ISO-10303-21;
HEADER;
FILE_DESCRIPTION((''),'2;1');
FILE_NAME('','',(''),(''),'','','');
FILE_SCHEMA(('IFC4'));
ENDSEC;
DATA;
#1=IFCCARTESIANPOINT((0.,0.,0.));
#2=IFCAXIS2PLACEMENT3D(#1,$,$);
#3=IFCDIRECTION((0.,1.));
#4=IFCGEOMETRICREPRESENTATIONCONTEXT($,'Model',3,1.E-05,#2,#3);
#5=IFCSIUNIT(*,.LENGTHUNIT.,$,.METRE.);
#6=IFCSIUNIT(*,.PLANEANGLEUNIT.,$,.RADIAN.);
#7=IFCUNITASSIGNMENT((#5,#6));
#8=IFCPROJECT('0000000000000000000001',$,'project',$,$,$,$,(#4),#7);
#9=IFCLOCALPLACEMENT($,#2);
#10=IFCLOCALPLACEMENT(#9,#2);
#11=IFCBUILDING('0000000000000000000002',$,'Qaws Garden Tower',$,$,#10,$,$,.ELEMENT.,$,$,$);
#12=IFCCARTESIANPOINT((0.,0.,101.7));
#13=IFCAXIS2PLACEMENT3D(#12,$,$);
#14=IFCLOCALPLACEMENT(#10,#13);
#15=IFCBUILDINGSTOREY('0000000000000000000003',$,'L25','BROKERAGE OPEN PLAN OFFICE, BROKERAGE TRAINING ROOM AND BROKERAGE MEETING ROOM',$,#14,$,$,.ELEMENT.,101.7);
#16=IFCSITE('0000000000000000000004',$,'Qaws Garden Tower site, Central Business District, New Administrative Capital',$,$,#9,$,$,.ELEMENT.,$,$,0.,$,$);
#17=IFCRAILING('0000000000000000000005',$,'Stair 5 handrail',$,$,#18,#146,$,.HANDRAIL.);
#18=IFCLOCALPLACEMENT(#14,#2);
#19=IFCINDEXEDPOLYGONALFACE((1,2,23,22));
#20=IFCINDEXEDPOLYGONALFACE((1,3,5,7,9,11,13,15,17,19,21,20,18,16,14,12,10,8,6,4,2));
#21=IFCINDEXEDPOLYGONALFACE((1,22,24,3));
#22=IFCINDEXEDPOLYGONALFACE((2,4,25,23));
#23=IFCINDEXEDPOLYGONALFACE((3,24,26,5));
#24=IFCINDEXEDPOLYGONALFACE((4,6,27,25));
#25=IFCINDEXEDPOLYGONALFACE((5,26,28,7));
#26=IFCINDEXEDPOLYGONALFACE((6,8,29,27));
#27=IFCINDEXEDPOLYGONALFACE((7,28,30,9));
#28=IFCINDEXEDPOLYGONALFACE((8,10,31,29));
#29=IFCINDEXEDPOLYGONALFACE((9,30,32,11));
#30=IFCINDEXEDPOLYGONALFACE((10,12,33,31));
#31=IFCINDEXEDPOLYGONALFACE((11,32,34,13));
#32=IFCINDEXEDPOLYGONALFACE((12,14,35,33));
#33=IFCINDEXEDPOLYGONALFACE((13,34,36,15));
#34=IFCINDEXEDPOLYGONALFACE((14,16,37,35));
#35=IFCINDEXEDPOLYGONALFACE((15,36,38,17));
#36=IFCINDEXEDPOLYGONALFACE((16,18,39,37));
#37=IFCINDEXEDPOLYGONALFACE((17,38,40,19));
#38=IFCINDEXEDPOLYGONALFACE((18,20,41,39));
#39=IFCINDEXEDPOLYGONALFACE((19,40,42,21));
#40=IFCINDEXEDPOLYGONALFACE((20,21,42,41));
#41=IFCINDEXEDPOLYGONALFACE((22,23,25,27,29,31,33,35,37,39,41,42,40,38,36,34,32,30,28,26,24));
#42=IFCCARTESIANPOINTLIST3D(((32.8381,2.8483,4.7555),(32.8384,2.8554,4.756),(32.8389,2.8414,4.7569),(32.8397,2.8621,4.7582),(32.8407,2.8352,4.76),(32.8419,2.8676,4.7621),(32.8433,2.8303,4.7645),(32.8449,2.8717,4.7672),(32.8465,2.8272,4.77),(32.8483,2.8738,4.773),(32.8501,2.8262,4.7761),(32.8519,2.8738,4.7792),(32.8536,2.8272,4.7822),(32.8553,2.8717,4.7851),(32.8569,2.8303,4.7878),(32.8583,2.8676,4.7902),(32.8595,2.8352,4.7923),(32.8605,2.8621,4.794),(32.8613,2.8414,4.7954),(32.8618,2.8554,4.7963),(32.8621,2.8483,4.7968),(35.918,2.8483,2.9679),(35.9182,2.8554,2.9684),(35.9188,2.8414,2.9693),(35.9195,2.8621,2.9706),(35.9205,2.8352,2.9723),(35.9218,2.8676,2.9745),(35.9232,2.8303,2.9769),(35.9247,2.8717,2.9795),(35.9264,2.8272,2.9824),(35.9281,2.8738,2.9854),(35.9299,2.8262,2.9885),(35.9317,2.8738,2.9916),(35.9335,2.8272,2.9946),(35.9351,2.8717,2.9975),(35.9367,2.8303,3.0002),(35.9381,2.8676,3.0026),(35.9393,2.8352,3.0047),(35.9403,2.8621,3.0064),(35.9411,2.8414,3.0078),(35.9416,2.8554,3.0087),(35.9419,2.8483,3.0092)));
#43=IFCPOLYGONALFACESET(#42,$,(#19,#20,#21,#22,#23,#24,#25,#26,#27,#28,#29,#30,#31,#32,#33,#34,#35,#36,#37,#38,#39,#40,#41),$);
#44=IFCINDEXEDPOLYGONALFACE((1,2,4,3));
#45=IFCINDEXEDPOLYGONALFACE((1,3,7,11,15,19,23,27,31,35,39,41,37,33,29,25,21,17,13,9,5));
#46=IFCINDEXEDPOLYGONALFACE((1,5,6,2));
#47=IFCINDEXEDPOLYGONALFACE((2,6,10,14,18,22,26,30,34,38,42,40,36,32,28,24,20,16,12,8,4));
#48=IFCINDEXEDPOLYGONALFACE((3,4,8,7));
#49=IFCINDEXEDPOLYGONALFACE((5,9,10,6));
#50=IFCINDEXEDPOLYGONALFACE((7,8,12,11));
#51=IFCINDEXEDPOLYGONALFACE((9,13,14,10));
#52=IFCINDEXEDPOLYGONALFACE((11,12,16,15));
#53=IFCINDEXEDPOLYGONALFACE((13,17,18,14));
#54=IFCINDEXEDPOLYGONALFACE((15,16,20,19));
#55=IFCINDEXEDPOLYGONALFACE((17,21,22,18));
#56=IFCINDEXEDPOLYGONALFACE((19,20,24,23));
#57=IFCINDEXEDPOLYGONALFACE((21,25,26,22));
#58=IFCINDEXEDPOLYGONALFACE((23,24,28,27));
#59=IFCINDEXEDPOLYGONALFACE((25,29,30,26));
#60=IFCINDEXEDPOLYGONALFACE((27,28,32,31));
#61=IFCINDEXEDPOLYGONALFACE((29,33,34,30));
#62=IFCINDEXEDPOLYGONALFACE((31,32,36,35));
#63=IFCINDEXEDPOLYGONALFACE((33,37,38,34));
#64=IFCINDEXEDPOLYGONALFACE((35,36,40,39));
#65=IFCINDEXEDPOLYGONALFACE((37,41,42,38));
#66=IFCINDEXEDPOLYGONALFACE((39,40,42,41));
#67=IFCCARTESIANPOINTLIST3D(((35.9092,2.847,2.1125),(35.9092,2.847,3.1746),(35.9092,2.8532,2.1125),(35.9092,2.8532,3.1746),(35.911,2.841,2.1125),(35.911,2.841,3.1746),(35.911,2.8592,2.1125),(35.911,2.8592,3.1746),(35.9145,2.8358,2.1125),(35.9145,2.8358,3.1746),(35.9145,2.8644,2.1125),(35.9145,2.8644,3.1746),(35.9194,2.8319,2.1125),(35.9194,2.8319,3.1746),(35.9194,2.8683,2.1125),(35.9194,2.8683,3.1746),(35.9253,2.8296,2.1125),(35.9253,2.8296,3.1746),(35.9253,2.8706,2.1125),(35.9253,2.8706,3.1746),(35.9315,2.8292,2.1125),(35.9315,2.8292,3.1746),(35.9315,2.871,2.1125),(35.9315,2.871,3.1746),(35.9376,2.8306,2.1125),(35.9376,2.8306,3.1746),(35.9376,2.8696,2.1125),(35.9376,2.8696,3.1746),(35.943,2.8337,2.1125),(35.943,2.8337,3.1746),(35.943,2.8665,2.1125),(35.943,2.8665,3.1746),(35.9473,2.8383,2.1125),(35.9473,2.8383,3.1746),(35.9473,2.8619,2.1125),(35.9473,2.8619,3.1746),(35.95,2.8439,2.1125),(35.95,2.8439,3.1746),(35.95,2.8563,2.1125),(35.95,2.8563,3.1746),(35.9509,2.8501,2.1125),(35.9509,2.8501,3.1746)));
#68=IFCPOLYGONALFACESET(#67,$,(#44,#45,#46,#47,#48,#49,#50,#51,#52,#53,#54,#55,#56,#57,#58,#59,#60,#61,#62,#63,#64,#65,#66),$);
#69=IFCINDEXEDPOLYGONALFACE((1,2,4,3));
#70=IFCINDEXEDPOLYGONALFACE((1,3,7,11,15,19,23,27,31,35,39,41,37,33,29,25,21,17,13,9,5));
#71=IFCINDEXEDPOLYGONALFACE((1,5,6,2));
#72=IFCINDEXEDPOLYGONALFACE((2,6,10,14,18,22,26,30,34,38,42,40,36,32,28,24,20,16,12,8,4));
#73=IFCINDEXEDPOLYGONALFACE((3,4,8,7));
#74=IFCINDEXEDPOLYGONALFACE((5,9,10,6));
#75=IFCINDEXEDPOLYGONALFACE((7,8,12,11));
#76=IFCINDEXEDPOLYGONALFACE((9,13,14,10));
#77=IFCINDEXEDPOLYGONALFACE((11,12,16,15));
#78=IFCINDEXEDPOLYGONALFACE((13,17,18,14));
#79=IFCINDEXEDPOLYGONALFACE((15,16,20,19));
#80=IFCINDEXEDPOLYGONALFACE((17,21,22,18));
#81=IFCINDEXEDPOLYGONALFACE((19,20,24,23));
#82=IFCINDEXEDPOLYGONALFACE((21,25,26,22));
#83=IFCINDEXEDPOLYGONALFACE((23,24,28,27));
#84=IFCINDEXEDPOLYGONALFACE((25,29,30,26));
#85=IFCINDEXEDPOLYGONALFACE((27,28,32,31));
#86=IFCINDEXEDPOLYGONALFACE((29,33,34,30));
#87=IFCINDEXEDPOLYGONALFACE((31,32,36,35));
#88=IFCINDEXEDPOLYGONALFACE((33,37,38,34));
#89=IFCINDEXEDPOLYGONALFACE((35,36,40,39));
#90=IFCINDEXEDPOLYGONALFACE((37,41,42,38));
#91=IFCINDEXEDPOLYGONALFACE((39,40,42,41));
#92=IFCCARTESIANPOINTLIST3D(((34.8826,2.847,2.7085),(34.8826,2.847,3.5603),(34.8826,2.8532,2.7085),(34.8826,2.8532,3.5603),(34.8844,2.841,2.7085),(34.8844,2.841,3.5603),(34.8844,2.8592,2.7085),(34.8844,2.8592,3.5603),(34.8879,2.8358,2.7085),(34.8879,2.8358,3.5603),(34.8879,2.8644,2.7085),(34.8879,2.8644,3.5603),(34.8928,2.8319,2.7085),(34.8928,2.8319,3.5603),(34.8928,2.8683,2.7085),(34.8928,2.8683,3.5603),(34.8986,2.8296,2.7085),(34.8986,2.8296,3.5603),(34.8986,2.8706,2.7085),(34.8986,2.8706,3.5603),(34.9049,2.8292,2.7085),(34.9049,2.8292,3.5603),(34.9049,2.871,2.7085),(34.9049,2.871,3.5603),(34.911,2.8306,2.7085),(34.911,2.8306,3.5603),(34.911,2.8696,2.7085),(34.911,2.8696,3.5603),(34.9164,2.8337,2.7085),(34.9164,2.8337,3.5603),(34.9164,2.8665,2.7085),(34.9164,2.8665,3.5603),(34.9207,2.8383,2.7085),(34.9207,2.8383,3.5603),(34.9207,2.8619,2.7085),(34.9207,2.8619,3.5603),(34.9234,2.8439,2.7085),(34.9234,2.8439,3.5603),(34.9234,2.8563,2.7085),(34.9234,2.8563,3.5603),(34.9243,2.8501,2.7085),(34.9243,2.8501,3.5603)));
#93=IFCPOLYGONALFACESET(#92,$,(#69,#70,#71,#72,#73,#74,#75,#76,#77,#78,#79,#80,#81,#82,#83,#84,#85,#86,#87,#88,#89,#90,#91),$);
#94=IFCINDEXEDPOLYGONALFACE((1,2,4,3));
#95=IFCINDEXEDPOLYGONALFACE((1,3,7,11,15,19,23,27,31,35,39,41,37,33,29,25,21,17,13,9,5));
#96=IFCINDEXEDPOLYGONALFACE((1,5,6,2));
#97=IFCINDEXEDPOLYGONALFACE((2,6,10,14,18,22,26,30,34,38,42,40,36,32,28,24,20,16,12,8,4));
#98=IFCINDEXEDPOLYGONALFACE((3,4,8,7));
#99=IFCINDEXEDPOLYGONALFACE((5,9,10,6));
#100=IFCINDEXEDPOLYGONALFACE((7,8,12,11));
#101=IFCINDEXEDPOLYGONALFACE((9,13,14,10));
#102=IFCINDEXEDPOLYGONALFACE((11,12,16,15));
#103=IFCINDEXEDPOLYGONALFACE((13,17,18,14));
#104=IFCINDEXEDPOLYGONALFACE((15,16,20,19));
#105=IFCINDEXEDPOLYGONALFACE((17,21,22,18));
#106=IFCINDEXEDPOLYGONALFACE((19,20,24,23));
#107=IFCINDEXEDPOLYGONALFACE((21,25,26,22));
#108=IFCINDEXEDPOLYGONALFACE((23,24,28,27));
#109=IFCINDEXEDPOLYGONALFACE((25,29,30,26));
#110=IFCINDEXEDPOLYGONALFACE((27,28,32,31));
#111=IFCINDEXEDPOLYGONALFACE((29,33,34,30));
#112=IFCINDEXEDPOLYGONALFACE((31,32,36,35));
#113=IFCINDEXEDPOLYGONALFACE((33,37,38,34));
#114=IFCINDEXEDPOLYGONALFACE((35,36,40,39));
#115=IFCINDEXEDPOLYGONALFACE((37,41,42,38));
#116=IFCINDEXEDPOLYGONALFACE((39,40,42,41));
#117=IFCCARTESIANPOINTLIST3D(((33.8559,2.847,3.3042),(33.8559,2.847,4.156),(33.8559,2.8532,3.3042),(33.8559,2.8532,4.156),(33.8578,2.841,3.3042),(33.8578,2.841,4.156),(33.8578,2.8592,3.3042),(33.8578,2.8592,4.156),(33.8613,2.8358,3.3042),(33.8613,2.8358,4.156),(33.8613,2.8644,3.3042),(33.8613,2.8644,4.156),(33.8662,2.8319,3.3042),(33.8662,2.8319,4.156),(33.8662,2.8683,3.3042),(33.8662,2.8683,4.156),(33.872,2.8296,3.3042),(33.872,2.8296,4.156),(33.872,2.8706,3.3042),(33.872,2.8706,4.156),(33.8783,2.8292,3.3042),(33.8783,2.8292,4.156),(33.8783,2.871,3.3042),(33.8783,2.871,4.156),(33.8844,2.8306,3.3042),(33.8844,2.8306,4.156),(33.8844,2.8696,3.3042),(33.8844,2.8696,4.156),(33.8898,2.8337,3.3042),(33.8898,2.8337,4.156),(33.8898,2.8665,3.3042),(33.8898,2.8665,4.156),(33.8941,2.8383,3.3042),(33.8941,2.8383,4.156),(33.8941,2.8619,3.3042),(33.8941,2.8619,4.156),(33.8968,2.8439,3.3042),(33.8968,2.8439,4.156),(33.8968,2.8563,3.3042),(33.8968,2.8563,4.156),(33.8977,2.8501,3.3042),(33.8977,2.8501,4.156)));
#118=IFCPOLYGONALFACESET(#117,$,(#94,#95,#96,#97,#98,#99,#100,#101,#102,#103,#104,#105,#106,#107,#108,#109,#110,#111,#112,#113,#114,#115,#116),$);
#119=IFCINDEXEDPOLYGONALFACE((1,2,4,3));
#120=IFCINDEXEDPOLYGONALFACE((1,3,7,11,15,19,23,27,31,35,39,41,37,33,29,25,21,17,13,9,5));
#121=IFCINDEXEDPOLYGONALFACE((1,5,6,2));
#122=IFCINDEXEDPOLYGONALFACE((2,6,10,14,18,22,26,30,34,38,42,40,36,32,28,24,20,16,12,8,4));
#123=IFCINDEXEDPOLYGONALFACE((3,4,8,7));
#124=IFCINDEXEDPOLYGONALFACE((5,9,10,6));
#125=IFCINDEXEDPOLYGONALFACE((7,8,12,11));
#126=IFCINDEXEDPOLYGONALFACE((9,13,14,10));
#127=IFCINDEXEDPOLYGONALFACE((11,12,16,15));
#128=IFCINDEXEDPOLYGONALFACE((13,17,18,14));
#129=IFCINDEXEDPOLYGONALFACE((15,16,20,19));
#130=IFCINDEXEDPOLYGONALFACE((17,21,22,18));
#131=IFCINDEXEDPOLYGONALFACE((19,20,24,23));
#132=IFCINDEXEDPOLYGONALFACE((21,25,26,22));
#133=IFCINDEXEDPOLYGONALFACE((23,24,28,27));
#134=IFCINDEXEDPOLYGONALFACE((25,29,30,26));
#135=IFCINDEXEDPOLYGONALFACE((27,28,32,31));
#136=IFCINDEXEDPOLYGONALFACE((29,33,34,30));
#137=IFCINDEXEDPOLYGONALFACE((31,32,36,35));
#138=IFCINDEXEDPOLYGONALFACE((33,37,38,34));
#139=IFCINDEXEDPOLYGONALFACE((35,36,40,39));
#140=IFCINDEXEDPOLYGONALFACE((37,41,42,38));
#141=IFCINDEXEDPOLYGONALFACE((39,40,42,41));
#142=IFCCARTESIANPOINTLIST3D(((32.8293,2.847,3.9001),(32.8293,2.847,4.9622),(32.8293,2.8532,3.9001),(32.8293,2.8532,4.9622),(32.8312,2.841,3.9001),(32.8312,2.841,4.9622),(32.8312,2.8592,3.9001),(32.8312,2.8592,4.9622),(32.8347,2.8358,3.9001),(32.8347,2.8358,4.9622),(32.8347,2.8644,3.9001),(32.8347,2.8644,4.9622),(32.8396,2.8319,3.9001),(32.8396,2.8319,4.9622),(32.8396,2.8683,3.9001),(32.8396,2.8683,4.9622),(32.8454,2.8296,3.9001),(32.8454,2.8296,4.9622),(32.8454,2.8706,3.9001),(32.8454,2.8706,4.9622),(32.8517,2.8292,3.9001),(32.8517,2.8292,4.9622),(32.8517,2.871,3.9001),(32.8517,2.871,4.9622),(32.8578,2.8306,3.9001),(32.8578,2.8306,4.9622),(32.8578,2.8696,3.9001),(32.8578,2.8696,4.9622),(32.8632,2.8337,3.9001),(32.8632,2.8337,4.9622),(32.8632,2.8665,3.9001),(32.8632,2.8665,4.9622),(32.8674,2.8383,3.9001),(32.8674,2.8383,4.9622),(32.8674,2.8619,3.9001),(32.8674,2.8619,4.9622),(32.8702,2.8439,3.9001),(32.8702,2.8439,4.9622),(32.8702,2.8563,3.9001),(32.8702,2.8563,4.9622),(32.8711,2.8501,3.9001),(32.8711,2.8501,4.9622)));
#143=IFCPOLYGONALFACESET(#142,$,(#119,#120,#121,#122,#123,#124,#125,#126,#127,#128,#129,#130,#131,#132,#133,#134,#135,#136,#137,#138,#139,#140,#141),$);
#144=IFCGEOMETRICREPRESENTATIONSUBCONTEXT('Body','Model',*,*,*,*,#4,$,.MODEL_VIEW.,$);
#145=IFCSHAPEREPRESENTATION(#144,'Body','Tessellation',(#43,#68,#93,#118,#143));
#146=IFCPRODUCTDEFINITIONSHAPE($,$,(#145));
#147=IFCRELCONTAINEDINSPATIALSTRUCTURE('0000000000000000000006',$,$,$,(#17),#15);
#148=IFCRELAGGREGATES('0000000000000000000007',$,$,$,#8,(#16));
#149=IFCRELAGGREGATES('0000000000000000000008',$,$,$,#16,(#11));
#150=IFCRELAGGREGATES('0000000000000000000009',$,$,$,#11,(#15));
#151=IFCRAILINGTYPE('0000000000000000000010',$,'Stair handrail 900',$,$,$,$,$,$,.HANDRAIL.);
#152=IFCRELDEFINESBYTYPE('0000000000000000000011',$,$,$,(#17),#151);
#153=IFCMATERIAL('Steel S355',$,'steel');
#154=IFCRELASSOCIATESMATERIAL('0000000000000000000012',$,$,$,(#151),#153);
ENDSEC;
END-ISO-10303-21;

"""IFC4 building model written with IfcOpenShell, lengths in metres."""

from ifc_helpers import new_model, si_unit, direction, frame, origin, origin_2d, place, context, subcontext, project, spatial, circle, extrude, material, type_object, element, save


model = new_model("IFC4")

# Units and contexts
model_context = context("Model", 3, precision=1e-05, world=origin(), true_north=direction((0.0, 1.0)))
body_context = subcontext(model_context, "Body", "Model", "MODEL_VIEW")
ifc_project = project(units=[si_unit("LENGTHUNIT", "METRE"), si_unit("PLANEANGLEUNIT", "RADIAN")], contexts=[model_context])

# Site, building, storey
site_placement = place(None, origin())
site = spatial("IfcSite", under=ifc_project, at=site_placement, Name="Qaws Garden Tower site, Central Business District, New Administrative Capital", CompositionType="ELEMENT", RefElevation=0.0)
building_placement = place(site_placement, origin())
building = spatial("IfcBuilding", under=site, at=building_placement, Name="Qaws Garden Tower", CompositionType="ELEMENT")
storey_placement = place(building_placement, frame((0.0, 0.0, 101.7)))
storey = spatial("IfcBuildingStorey", under=building, at=storey_placement, Name="L25", Description="BROKERAGE OPEN PLAN OFFICE, BROKERAGE TRAINING ROOM AND BROKERAGE MEETING ROOM", CompositionType="ELEMENT", Elevation=101.7)

# Railing
ifc_material_1 = material(Name="Steel S355", Category="steel")
railing_type = type_object("IfcRailingType", Name="Stair handrail 900", PredefinedType="HANDRAIL", material=ifc_material_1)
railing_1_placement = place(storey_placement, frame((35.9299, 2.8501, 2.1125)))
element("IfcRailing", 1, at=railing_1_placement, inside=storey, type_object=railing_type, Name="Stair 5 handrail", PredefinedType="HANDRAIL", context=body_context, shape_type="SweptSolid", body=[
    extrude(circle(Radius=0.0239, at=origin_2d()), frame((0.0, 0.0, 0.876), z_axis=(-0.864873, 0.0, 0.50199), x_axis=(0.0, -1.0, 0.0)), (0.0, 0.0, 1.0), 3.561),
    extrude(circle(Radius=0.021, at=origin_2d()), origin(), (0.0, 0.0, 1.0), 1.062),
    extrude(circle(Radius=0.021, at=origin_2d()), frame((-1.0266, 0.0, 0.5959)), (0.0, 0.0, 1.0), 0.8518),
    extrude(circle(Radius=0.021, at=origin_2d()), frame((-2.0532, 0.0, 1.1917)), (0.0, 0.0, 1.0), 0.8518),
    extrude(circle(Radius=0.021, at=origin_2d()), frame((-3.0798, 0.0, 1.7876)), (0.0, 0.0, 1.0), 1.062),
])

save(model, "model.ifc")
